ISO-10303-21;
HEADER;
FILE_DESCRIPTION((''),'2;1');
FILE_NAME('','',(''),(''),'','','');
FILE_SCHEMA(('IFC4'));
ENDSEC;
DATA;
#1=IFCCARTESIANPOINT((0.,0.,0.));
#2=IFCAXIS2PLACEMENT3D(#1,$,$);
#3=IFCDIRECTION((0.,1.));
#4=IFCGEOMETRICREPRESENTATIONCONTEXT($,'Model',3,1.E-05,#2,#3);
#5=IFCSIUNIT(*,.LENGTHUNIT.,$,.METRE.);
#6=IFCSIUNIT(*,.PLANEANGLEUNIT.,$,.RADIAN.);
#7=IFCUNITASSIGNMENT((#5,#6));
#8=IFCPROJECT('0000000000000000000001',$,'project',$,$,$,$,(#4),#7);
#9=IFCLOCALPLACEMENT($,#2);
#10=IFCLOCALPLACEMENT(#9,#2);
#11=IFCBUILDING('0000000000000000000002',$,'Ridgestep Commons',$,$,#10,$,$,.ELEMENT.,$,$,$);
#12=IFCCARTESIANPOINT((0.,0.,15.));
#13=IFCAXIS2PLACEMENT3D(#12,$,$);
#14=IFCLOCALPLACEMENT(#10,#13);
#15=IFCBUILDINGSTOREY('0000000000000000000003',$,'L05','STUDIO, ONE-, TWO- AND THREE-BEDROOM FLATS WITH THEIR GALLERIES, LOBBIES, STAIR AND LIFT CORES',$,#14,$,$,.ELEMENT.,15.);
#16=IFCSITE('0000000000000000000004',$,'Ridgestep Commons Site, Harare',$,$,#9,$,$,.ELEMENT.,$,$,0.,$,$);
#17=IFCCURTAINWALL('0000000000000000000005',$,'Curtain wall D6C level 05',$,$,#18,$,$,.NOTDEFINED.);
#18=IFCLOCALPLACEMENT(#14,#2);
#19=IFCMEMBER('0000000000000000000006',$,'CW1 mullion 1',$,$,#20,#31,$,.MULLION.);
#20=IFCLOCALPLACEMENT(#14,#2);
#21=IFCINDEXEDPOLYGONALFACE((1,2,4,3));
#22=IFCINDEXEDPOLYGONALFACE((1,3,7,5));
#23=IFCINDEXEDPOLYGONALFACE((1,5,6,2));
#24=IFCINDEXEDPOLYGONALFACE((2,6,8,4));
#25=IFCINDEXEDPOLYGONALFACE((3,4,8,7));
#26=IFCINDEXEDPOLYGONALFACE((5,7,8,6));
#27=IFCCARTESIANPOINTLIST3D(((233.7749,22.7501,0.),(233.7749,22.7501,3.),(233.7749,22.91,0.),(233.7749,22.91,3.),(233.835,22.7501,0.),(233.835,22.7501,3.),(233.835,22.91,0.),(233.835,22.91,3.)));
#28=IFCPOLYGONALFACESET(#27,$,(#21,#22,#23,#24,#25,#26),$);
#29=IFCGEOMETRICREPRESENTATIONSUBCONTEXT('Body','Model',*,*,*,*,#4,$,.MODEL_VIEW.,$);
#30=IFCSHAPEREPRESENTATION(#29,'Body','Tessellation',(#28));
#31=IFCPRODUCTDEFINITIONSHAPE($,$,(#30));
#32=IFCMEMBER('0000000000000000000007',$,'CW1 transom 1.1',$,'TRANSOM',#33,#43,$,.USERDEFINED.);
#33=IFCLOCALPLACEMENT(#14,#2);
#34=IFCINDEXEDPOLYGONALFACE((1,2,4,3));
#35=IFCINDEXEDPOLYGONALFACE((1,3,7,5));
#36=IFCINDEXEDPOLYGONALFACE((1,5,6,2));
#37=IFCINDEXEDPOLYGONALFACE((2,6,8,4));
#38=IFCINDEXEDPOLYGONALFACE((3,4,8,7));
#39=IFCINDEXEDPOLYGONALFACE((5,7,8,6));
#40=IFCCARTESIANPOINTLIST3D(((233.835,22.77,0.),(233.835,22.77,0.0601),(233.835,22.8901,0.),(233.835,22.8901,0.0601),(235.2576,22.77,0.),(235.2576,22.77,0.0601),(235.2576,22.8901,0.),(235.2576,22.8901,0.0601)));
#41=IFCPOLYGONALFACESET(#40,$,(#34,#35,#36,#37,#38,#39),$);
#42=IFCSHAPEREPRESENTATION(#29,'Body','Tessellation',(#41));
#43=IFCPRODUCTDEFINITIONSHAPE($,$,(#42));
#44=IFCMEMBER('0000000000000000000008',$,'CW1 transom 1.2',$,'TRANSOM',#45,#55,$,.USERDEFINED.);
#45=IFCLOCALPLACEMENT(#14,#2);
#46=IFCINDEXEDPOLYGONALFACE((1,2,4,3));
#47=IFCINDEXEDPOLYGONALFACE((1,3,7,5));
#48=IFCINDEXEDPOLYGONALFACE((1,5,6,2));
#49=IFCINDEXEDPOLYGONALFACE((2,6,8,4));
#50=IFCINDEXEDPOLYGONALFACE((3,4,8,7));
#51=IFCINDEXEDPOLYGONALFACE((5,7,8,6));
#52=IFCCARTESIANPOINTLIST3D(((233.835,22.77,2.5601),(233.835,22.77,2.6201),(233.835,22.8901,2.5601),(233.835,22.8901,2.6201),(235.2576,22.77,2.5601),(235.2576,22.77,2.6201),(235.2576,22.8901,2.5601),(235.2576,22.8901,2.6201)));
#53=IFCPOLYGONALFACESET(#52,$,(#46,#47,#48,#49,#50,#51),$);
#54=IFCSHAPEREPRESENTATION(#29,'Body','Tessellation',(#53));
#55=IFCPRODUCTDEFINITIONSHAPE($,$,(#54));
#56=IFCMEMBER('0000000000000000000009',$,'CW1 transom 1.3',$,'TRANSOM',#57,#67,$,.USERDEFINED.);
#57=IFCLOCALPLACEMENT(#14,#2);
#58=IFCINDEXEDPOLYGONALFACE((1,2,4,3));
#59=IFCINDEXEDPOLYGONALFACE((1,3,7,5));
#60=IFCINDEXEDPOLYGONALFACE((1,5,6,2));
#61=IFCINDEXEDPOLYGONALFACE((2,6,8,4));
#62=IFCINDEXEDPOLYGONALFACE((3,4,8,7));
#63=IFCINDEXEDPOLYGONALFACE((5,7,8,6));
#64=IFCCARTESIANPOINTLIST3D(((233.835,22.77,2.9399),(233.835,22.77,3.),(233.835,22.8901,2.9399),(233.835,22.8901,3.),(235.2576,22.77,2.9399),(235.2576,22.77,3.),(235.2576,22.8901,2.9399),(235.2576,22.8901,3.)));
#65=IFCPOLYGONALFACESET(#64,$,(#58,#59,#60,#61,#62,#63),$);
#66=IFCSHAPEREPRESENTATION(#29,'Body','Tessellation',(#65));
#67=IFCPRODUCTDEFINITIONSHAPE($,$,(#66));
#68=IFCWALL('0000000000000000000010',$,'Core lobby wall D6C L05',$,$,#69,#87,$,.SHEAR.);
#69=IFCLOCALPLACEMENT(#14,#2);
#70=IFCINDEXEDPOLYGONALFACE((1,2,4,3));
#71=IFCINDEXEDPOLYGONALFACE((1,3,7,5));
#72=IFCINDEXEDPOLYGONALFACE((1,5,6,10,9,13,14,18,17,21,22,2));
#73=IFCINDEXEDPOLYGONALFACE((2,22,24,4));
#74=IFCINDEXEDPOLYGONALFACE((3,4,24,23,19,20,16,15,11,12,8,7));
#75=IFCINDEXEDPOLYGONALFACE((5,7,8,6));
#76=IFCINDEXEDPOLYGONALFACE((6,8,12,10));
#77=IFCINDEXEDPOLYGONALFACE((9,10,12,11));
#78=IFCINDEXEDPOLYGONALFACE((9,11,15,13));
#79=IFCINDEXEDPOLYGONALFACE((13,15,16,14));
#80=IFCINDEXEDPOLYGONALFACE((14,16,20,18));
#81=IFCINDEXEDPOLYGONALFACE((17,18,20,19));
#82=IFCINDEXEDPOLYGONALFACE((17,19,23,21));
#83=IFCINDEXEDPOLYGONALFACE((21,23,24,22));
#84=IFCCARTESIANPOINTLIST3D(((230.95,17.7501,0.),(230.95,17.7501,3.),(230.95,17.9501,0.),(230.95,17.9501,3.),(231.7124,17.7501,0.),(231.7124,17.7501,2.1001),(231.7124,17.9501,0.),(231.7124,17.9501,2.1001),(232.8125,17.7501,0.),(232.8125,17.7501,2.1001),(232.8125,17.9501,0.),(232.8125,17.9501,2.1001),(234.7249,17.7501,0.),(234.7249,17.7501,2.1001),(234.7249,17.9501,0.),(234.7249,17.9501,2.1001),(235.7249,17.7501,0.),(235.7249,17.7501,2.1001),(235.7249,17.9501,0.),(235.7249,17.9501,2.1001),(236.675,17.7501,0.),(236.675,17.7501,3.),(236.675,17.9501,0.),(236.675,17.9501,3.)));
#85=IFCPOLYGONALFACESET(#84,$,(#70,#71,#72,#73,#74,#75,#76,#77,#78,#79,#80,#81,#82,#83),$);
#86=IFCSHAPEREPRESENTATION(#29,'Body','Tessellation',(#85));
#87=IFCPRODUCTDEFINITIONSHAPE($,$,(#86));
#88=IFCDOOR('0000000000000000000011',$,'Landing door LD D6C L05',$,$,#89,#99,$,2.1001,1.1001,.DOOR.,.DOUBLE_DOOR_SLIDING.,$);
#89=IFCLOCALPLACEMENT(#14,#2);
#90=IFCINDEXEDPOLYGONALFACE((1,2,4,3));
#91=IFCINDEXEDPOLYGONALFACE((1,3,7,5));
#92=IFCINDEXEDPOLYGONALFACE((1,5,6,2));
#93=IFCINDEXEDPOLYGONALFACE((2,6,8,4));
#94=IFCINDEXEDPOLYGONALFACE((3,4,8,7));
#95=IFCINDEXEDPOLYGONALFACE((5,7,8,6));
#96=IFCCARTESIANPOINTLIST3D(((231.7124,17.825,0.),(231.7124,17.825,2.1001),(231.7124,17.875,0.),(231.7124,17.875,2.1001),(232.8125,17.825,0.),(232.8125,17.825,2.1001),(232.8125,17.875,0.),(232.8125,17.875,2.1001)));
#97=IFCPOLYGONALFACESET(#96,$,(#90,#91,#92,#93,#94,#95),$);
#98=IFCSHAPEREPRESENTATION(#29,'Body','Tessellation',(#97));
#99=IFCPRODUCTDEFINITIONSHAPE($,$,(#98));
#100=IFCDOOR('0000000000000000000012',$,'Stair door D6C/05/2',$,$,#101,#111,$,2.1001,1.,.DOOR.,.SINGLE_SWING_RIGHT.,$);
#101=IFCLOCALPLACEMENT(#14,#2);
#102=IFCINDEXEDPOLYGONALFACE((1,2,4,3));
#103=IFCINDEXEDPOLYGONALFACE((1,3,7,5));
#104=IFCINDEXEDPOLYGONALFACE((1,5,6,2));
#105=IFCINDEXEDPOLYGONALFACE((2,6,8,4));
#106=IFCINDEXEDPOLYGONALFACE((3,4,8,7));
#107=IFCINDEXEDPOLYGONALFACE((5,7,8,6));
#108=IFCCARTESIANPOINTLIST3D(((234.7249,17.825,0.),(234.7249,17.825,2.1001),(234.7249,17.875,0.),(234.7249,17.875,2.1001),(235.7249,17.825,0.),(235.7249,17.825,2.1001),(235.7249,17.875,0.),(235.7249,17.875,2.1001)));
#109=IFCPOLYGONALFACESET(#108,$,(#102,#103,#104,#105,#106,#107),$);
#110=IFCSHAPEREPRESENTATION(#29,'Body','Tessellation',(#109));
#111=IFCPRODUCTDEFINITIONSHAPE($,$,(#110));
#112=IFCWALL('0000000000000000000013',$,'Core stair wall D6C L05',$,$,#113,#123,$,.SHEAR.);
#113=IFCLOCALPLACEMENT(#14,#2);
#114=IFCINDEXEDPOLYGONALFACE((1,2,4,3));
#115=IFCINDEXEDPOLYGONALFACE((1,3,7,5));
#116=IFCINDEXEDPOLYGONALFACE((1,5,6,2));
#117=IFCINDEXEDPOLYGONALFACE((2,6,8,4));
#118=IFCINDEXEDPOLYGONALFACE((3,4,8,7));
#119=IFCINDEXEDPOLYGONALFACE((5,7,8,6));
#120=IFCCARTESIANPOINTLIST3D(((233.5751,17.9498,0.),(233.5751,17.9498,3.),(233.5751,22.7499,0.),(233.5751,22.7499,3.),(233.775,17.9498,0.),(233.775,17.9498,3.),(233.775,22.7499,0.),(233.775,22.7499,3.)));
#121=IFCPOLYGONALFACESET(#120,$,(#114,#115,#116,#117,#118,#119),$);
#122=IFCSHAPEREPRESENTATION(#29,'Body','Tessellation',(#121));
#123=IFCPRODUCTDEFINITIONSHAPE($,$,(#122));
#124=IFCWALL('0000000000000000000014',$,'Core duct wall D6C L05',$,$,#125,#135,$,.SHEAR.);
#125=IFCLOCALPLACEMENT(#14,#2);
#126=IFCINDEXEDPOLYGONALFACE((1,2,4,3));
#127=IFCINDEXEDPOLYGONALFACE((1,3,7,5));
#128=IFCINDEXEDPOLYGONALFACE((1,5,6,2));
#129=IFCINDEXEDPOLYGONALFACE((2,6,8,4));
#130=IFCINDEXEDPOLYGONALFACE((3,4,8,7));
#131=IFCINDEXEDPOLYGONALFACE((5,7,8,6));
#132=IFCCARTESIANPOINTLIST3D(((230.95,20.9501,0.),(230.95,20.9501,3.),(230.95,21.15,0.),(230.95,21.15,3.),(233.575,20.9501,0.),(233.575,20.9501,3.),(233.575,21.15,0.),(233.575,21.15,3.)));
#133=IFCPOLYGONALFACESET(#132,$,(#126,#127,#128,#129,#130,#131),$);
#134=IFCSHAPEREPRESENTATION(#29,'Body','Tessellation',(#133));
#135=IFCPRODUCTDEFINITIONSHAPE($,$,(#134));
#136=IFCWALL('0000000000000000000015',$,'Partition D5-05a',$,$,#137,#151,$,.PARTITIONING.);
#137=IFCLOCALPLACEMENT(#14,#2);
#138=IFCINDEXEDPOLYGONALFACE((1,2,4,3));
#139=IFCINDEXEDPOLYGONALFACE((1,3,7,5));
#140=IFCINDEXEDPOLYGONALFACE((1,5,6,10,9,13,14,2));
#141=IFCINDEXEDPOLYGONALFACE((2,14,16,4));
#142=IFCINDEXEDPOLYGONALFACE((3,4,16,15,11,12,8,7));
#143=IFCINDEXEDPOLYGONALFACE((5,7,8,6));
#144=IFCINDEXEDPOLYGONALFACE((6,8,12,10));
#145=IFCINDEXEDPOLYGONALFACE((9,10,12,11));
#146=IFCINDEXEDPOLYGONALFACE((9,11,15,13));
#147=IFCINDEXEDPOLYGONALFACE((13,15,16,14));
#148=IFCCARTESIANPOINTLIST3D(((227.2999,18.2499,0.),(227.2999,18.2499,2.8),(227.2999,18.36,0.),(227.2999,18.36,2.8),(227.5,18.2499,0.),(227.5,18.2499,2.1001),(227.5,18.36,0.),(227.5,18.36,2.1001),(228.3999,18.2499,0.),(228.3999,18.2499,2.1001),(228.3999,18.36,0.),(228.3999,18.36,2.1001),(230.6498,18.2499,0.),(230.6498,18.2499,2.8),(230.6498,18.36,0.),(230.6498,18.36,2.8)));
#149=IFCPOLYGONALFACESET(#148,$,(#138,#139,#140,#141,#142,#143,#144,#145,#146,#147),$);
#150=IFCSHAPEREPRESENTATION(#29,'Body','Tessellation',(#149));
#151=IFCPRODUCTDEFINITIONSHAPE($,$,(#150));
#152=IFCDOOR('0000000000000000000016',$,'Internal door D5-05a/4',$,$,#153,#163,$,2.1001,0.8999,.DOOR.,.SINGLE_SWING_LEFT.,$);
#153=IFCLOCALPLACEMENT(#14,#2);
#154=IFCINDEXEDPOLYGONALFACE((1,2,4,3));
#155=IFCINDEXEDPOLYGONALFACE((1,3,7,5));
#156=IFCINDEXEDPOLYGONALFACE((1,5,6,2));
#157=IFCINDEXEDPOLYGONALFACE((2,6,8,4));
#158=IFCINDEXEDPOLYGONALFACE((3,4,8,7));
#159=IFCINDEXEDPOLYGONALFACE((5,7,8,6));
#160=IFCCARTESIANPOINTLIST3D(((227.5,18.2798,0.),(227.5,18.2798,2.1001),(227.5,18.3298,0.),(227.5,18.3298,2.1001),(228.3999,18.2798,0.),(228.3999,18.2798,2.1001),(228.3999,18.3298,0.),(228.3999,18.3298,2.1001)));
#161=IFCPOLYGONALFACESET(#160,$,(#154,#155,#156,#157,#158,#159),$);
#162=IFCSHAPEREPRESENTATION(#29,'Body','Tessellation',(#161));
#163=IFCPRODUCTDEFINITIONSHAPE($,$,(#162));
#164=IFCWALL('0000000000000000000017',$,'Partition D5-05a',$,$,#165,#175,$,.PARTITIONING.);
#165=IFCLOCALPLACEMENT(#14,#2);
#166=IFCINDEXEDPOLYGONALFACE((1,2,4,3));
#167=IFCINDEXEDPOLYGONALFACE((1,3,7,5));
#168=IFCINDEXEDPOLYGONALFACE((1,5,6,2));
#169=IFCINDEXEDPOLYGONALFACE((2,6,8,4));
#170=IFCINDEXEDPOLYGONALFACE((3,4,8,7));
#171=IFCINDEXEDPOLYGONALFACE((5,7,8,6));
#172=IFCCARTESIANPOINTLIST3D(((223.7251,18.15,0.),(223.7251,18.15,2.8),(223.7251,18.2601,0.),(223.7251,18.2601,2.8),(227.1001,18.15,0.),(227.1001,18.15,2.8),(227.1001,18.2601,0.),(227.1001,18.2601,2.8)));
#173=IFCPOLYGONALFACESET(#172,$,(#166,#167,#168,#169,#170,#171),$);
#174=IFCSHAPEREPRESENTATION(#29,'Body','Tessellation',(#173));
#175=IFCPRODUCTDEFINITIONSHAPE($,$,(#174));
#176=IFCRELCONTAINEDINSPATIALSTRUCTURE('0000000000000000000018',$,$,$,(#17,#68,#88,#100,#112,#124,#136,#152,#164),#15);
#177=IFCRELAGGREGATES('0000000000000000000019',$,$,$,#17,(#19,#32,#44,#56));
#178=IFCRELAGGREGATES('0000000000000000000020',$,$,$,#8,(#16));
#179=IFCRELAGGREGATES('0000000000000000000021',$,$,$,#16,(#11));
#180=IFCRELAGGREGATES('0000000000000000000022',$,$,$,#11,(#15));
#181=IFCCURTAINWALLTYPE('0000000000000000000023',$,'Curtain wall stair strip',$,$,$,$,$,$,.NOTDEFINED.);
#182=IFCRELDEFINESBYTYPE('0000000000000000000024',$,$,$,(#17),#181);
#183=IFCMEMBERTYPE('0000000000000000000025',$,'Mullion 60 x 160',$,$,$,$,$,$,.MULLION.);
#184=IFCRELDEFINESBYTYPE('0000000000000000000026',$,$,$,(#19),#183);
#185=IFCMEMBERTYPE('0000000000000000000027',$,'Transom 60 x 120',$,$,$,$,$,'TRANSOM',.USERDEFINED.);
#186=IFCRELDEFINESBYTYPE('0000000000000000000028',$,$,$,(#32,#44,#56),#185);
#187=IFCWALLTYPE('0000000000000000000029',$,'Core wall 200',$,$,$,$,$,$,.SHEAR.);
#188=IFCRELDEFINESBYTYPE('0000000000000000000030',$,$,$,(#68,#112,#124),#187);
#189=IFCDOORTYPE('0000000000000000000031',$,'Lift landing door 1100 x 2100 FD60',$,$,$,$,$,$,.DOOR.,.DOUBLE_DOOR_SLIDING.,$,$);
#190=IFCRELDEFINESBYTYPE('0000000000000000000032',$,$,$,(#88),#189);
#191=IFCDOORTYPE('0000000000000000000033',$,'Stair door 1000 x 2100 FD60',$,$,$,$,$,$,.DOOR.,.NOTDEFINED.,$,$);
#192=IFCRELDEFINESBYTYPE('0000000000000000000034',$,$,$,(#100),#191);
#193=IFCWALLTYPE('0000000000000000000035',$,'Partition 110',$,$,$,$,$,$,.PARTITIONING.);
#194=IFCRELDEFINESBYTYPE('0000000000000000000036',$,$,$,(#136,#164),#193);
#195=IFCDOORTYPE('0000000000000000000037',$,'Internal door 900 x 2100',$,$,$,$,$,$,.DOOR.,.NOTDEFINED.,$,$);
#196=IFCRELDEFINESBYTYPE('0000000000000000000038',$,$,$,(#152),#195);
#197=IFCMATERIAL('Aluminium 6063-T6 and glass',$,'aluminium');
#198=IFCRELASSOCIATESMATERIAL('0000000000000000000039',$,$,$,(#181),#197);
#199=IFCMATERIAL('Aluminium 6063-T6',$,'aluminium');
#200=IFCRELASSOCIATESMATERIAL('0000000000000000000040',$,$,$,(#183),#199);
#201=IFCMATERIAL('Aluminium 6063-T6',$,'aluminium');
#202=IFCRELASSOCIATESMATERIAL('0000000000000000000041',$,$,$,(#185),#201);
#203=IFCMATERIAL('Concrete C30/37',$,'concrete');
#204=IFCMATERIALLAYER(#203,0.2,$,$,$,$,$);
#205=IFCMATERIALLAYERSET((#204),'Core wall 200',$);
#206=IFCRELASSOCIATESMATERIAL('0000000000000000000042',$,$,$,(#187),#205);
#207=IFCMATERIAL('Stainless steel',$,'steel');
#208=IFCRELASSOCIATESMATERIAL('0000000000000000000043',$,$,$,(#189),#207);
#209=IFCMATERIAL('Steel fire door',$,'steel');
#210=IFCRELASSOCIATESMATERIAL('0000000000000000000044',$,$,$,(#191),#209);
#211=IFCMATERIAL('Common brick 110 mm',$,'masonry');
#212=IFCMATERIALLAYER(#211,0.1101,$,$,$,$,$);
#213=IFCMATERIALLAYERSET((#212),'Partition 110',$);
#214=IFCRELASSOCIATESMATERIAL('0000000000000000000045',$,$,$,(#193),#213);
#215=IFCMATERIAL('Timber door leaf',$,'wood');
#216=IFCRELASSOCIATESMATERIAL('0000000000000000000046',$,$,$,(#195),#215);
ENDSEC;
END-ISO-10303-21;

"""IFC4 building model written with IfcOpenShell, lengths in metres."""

from ifc_helpers import new_model, si_unit, direction, frame, frame_2d, origin, origin_2d, place, context, subcontext, project, spatial, rectangle, extrude, material, layer, layer_set, material_profile, profile_set, type_object, element, fill, aggregate, save


model = new_model("IFC4")

# Units and contexts
model_context = context("Model", 3, precision=1e-05, world=origin(), true_north=direction((0.0, 1.0)))
body_context = subcontext(model_context, "Body", "Model", "MODEL_VIEW")
ifc_project = project(units=[si_unit("LENGTHUNIT", "METRE"), si_unit("PLANEANGLEUNIT", "RADIAN")], contexts=[model_context])

# Site, building, storey
site_placement = place(None, origin())
site = spatial("IfcSite", under=ifc_project, at=site_placement, Name="Ridgestep Commons Site, Harare", CompositionType="ELEMENT", RefElevation=0.0)
building_placement = place(site_placement, origin())
building = spatial("IfcBuilding", under=site, at=building_placement, Name="Ridgestep Commons", CompositionType="ELEMENT")
storey_placement = place(building_placement, frame((0.0, 0.0, 15.0)))
storey = spatial("IfcBuildingStorey", under=building, at=storey_placement, Name="L05", Description="STUDIO, ONE-, TWO- AND THREE-BEDROOM FLATS WITH THEIR GALLERIES, LOBBIES, STAIR AND LIFT CORES", CompositionType="ELEMENT", Elevation=15.0)

# Curtain wall, members
ifc_material_1 = material(Name="Aluminium 6063-T6 and glass", Category="aluminium")
curtain_wall_type = type_object("IfcCurtainWallType", Name="Curtain wall stair strip", PredefinedType="NOTDEFINED", material=ifc_material_1)
curtain_wall_placement = place(storey_placement, origin())
curtain_wall = element("IfcCurtainWall", 1, at=curtain_wall_placement, inside=storey, type_object=curtain_wall_type, Name="Curtain wall D6C level 05", PredefinedType="NOTDEFINED")
ifc_material_2 = material(Name="Aluminium 6063-T6", Category="aluminium")
ifc_material_profile_1 = material_profile(ifc_material_2, rectangle(XDim=0.1599, YDim=0.0601, at=origin_2d()), Name="Mullion 60 x 160")
ifc_profile_set_1 = profile_set([ifc_material_profile_1], Name="Aluminium 6063-T6")
member_type_1 = type_object("IfcMemberType", Name="Mullion 60 x 160", PredefinedType="MULLION", material=ifc_profile_set_1)
member_1_placement = place(storey_placement, frame((233.8049, 22.8301, 0.0), z_axis=(0.0, 0.0, 1.0), x_axis=(0.0, 1.0, 0.0)))
member_1 = element("IfcMember", 2, at=member_1_placement, type_object=member_type_1, Name="CW1 mullion 1", PredefinedType="MULLION", context=body_context, shape_type="SweptSolid", body=[
    extrude(rectangle(XDim=0.1599, YDim=0.0601, at=origin_2d()), origin(), (0.0, 0.0, 1.0), 3.0),
])
ifc_material_3 = material(Name="Aluminium 6063-T6", Category="aluminium")
ifc_material_profile_2 = material_profile(ifc_material_3, rectangle(XDim=0.1201, YDim=0.0601, at=origin_2d()), Name="Transom 60 x 120")
ifc_profile_set_2 = profile_set([ifc_material_profile_2], Name="Aluminium 6063-T6")
member_type_2 = type_object("IfcMemberType", Name="Transom 60 x 120", ElementType="TRANSOM", PredefinedType="USERDEFINED", material=ifc_profile_set_2)
member_2_placement = place(storey_placement, frame((233.835, 22.8301, 0.03), z_axis=(1.0, 0.0, 0.0), x_axis=(0.0, 1.0, 0.0)))
member_2 = element("IfcMember", 3, at=member_2_placement, type_object=member_type_2, Name="CW1 transom 1.1", ObjectType="TRANSOM", PredefinedType="USERDEFINED", context=body_context, shape_type="SweptSolid", body=[
    extrude(rectangle(XDim=0.1201, YDim=0.0601, at=origin_2d()), origin(), (0.0, 0.0, 1.0), 1.4226),
])
member_3_placement = place(storey_placement, frame((233.835, 22.8301, 2.5901), z_axis=(1.0, 0.0, 0.0), x_axis=(0.0, 1.0, 0.0)))
member_3 = element("IfcMember", 4, at=member_3_placement, type_object=member_type_2, Name="CW1 transom 1.2", ObjectType="TRANSOM", PredefinedType="USERDEFINED", context=body_context, shape_type="SweptSolid", body=[
    extrude(rectangle(XDim=0.1201, YDim=0.0601, at=origin_2d()), origin(), (0.0, 0.0, 1.0), 1.4226),
])
member_4_placement = place(storey_placement, frame((233.835, 22.8301, 2.97), z_axis=(1.0, 0.0, 0.0), x_axis=(0.0, 1.0, 0.0)))
member_4 = element("IfcMember", 5, at=member_4_placement, type_object=member_type_2, Name="CW1 transom 1.3", ObjectType="TRANSOM", PredefinedType="USERDEFINED", context=body_context, shape_type="SweptSolid", body=[
    extrude(rectangle(XDim=0.1201, YDim=0.0601, at=origin_2d()), origin(), (0.0, 0.0, 1.0), 1.4226),
])
aggregate(curtain_wall, [member_1, member_2, member_3, member_4])

# Wall, openings, doors
ifc_material_4 = material(Name="Concrete C30/37", Category="concrete")
ifc_layer_1 = layer(ifc_material_4, 0.2)
ifc_layer_set_1 = layer_set([ifc_layer_1], Name="Core wall 200")
wall_type_1 = type_object("IfcWallType", Name="Core wall 200", PredefinedType="SHEAR", material=ifc_layer_set_1)
wall_1_placement = place(storey_placement, frame((230.95, 17.8501, 0.0), z_axis=(0.0, 0.0, 1.0), x_axis=(1.0, 0.0, 0.0)))
wall_1 = element("IfcWall", 6, at=wall_1_placement, inside=storey, type_object=wall_type_1, Name="Core lobby wall D6C L05", PredefinedType="SHEAR", context=body_context, shape_type="SweptSolid", body=[
    extrude(rectangle(XDim=5.7251, YDim=0.2, at=frame_2d((2.8625, 0.0))), origin(), (0.0, 0.0, 1.0), 3.0),
])
opening_1_placement = place(wall_1_placement, frame((3.7749, 0.0, 0.0)))
opening_1 = element("IfcOpeningElement", 7, at=opening_1_placement, cuts=wall_1, PredefinedType="OPENING", context=body_context, shape_type="SweptSolid", body=[
    extrude(rectangle(XDim=1.0, YDim=2.1001, at=frame_2d((0.5, 1.05))), frame((0.0, 0.1099, 0.0), z_axis=(0.0, -1.0, 0.0), x_axis=(1.0, 0.0, 0.0)), (0.0, 0.0, 1.0), 0.22),
])
opening_2_placement = place(wall_1_placement, frame((0.7625, 0.0, 0.0)))
opening_2 = element("IfcOpeningElement", 8, at=opening_2_placement, cuts=wall_1, PredefinedType="OPENING", context=body_context, shape_type="SweptSolid", body=[
    extrude(rectangle(XDim=1.1001, YDim=2.1001, at=frame_2d((0.55, 1.05))), frame((0.0, 0.1099, 0.0), z_axis=(0.0, -1.0, 0.0), x_axis=(1.0, 0.0, 0.0)), (0.0, 0.0, 1.0), 0.22),
])
ifc_material_5 = material(Name="Stainless steel", Category="steel")
door_type_1 = type_object("IfcDoorType", Name="Lift landing door 1100 x 2100 FD60", OperationType="DOUBLE_DOOR_SLIDING", PredefinedType="DOOR", material=ifc_material_5)
door_1_placement = place(opening_2_placement, origin())
door_1 = element("IfcDoor", 9, at=door_1_placement, inside=storey, type_object=door_type_1, Name="Landing door LD D6C L05", OperationType="DOUBLE_DOOR_SLIDING", OverallHeight=2.1001, OverallWidth=1.1001, PredefinedType="DOOR", context=body_context, shape_type="SweptSolid", body=[
    extrude(rectangle(XDim=1.1001, YDim=2.1001, at=frame_2d((0.55, 1.05))), frame((0.0, 0.0249, 0.0), z_axis=(0.0, -1.0, 0.0), x_axis=(1.0, 0.0, 0.0)), (0.0, 0.0, 1.0), 0.05),
])
fill(opening_2, door_1)
ifc_material_6 = material(Name="Steel fire door", Category="steel")
door_type_2 = type_object("IfcDoorType", Name="Stair door 1000 x 2100 FD60", OperationType="NOTDEFINED", PredefinedType="DOOR", material=ifc_material_6)
door_2_placement = place(opening_1_placement, origin())
door_2 = element("IfcDoor", 10, at=door_2_placement, inside=storey, type_object=door_type_2, Name="Stair door D6C/05/2", OperationType="SINGLE_SWING_RIGHT", OverallHeight=2.1001, OverallWidth=1.0, PredefinedType="DOOR", context=body_context, shape_type="SweptSolid", body=[
    extrude(rectangle(XDim=1.0, YDim=2.1001, at=frame_2d((0.5, 1.05))), frame((0.0, 0.0249, 0.0), z_axis=(0.0, -1.0, 0.0), x_axis=(1.0, 0.0, 0.0)), (0.0, 0.0, 1.0), 0.05),
])
fill(opening_1, door_2)

# Walls
wall_2_placement = place(storey_placement, frame((233.675, 17.95, 0.0), z_axis=(0.0, 0.0, 1.0), x_axis=(0.0, 1.0, 0.0)))
element("IfcWall", 11, at=wall_2_placement, inside=storey, type_object=wall_type_1, Name="Core stair wall D6C L05", PredefinedType="SHEAR", context=body_context, shape_type="SweptSolid", body=[
    extrude(rectangle(XDim=4.8, YDim=0.2, at=frame_2d((2.3999, 0.0))), origin(), (0.0, 0.0, 1.0), 3.0),
])
wall_3_placement = place(storey_placement, frame((230.95, 21.05, 0.0), z_axis=(0.0, 0.0, 1.0), x_axis=(1.0, 0.0, 0.0)))
element("IfcWall", 12, at=wall_3_placement, inside=storey, type_object=wall_type_1, Name="Core duct wall D6C L05", PredefinedType="SHEAR", context=body_context, shape_type="SweptSolid", body=[
    extrude(rectangle(XDim=2.625, YDim=0.2, at=frame_2d((1.3125, 0.0))), origin(), (0.0, 0.0, 1.0), 3.0),
])

# Wall, opening, door
ifc_material_7 = material(Name="Common brick 110 mm", Category="masonry")
ifc_layer_2 = layer(ifc_material_7, 0.1101)
ifc_layer_set_2 = layer_set([ifc_layer_2], Name="Partition 110")
wall_type_2 = type_object("IfcWallType", Name="Partition 110", PredefinedType="PARTITIONING", material=ifc_layer_set_2)
wall_4_placement = place(storey_placement, frame((227.3, 18.3049, 0.0), z_axis=(0.0, 0.0, 1.0), x_axis=(1.0, 0.0, 0.0)))
wall_4 = element("IfcWall", 13, at=wall_4_placement, inside=storey, type_object=wall_type_2, Name="Partition D5-05a", PredefinedType="PARTITIONING", context=body_context, shape_type="SweptSolid", body=[
    extrude(rectangle(XDim=3.3499, YDim=0.1101, at=frame_2d((1.6748, 0.0))), origin(), (0.0, 0.0, 1.0), 2.8),
])
opening_3_placement = place(wall_4_placement, frame((0.2, 0.0, 0.0)))
opening_3 = element("IfcOpeningElement", 14, at=opening_3_placement, cuts=wall_4, PredefinedType="OPENING", context=body_context, shape_type="SweptSolid", body=[
    extrude(rectangle(XDim=0.8999, YDim=2.1001, at=frame_2d((0.45, 1.05))), frame((0.0, 0.0649, 0.0), z_axis=(0.0, -1.0, 0.0), x_axis=(1.0, 0.0, 0.0)), (0.0, 0.0, 1.0), 0.1301),
])
ifc_material_8 = material(Name="Timber door leaf", Category="wood")
door_type_3 = type_object("IfcDoorType", Name="Internal door 900 x 2100", OperationType="NOTDEFINED", PredefinedType="DOOR", material=ifc_material_8)
door_3_placement = place(opening_3_placement, origin())
door_3 = element("IfcDoor", 15, at=door_3_placement, inside=storey, type_object=door_type_3, Name="Internal door D5-05a/4", OperationType="SINGLE_SWING_LEFT", OverallHeight=2.1001, OverallWidth=0.8999, PredefinedType="DOOR", context=body_context, shape_type="SweptSolid", body=[
    extrude(rectangle(XDim=0.8999, YDim=2.1001, at=frame_2d((0.45, 1.05))), frame((0.0, 0.0249, 0.0), z_axis=(0.0, -1.0, 0.0), x_axis=(1.0, 0.0, 0.0)), (0.0, 0.0, 1.0), 0.05),
])
fill(opening_3, door_3)

# Wall
wall_5_placement = place(storey_placement, frame((223.7251, 18.2051, 0.0), z_axis=(0.0, 0.0, 1.0), x_axis=(1.0, 0.0, 0.0)))
element("IfcWall", 16, at=wall_5_placement, inside=storey, type_object=wall_type_2, Name="Partition D5-05a", PredefinedType="PARTITIONING", context=body_context, shape_type="SweptSolid", body=[
    extrude(rectangle(XDim=3.375, YDim=0.1101, at=frame_2d((1.6875, 0.0))), origin(), (0.0, 0.0, 1.0), 2.8),
])

save(model, "model.ifc")
